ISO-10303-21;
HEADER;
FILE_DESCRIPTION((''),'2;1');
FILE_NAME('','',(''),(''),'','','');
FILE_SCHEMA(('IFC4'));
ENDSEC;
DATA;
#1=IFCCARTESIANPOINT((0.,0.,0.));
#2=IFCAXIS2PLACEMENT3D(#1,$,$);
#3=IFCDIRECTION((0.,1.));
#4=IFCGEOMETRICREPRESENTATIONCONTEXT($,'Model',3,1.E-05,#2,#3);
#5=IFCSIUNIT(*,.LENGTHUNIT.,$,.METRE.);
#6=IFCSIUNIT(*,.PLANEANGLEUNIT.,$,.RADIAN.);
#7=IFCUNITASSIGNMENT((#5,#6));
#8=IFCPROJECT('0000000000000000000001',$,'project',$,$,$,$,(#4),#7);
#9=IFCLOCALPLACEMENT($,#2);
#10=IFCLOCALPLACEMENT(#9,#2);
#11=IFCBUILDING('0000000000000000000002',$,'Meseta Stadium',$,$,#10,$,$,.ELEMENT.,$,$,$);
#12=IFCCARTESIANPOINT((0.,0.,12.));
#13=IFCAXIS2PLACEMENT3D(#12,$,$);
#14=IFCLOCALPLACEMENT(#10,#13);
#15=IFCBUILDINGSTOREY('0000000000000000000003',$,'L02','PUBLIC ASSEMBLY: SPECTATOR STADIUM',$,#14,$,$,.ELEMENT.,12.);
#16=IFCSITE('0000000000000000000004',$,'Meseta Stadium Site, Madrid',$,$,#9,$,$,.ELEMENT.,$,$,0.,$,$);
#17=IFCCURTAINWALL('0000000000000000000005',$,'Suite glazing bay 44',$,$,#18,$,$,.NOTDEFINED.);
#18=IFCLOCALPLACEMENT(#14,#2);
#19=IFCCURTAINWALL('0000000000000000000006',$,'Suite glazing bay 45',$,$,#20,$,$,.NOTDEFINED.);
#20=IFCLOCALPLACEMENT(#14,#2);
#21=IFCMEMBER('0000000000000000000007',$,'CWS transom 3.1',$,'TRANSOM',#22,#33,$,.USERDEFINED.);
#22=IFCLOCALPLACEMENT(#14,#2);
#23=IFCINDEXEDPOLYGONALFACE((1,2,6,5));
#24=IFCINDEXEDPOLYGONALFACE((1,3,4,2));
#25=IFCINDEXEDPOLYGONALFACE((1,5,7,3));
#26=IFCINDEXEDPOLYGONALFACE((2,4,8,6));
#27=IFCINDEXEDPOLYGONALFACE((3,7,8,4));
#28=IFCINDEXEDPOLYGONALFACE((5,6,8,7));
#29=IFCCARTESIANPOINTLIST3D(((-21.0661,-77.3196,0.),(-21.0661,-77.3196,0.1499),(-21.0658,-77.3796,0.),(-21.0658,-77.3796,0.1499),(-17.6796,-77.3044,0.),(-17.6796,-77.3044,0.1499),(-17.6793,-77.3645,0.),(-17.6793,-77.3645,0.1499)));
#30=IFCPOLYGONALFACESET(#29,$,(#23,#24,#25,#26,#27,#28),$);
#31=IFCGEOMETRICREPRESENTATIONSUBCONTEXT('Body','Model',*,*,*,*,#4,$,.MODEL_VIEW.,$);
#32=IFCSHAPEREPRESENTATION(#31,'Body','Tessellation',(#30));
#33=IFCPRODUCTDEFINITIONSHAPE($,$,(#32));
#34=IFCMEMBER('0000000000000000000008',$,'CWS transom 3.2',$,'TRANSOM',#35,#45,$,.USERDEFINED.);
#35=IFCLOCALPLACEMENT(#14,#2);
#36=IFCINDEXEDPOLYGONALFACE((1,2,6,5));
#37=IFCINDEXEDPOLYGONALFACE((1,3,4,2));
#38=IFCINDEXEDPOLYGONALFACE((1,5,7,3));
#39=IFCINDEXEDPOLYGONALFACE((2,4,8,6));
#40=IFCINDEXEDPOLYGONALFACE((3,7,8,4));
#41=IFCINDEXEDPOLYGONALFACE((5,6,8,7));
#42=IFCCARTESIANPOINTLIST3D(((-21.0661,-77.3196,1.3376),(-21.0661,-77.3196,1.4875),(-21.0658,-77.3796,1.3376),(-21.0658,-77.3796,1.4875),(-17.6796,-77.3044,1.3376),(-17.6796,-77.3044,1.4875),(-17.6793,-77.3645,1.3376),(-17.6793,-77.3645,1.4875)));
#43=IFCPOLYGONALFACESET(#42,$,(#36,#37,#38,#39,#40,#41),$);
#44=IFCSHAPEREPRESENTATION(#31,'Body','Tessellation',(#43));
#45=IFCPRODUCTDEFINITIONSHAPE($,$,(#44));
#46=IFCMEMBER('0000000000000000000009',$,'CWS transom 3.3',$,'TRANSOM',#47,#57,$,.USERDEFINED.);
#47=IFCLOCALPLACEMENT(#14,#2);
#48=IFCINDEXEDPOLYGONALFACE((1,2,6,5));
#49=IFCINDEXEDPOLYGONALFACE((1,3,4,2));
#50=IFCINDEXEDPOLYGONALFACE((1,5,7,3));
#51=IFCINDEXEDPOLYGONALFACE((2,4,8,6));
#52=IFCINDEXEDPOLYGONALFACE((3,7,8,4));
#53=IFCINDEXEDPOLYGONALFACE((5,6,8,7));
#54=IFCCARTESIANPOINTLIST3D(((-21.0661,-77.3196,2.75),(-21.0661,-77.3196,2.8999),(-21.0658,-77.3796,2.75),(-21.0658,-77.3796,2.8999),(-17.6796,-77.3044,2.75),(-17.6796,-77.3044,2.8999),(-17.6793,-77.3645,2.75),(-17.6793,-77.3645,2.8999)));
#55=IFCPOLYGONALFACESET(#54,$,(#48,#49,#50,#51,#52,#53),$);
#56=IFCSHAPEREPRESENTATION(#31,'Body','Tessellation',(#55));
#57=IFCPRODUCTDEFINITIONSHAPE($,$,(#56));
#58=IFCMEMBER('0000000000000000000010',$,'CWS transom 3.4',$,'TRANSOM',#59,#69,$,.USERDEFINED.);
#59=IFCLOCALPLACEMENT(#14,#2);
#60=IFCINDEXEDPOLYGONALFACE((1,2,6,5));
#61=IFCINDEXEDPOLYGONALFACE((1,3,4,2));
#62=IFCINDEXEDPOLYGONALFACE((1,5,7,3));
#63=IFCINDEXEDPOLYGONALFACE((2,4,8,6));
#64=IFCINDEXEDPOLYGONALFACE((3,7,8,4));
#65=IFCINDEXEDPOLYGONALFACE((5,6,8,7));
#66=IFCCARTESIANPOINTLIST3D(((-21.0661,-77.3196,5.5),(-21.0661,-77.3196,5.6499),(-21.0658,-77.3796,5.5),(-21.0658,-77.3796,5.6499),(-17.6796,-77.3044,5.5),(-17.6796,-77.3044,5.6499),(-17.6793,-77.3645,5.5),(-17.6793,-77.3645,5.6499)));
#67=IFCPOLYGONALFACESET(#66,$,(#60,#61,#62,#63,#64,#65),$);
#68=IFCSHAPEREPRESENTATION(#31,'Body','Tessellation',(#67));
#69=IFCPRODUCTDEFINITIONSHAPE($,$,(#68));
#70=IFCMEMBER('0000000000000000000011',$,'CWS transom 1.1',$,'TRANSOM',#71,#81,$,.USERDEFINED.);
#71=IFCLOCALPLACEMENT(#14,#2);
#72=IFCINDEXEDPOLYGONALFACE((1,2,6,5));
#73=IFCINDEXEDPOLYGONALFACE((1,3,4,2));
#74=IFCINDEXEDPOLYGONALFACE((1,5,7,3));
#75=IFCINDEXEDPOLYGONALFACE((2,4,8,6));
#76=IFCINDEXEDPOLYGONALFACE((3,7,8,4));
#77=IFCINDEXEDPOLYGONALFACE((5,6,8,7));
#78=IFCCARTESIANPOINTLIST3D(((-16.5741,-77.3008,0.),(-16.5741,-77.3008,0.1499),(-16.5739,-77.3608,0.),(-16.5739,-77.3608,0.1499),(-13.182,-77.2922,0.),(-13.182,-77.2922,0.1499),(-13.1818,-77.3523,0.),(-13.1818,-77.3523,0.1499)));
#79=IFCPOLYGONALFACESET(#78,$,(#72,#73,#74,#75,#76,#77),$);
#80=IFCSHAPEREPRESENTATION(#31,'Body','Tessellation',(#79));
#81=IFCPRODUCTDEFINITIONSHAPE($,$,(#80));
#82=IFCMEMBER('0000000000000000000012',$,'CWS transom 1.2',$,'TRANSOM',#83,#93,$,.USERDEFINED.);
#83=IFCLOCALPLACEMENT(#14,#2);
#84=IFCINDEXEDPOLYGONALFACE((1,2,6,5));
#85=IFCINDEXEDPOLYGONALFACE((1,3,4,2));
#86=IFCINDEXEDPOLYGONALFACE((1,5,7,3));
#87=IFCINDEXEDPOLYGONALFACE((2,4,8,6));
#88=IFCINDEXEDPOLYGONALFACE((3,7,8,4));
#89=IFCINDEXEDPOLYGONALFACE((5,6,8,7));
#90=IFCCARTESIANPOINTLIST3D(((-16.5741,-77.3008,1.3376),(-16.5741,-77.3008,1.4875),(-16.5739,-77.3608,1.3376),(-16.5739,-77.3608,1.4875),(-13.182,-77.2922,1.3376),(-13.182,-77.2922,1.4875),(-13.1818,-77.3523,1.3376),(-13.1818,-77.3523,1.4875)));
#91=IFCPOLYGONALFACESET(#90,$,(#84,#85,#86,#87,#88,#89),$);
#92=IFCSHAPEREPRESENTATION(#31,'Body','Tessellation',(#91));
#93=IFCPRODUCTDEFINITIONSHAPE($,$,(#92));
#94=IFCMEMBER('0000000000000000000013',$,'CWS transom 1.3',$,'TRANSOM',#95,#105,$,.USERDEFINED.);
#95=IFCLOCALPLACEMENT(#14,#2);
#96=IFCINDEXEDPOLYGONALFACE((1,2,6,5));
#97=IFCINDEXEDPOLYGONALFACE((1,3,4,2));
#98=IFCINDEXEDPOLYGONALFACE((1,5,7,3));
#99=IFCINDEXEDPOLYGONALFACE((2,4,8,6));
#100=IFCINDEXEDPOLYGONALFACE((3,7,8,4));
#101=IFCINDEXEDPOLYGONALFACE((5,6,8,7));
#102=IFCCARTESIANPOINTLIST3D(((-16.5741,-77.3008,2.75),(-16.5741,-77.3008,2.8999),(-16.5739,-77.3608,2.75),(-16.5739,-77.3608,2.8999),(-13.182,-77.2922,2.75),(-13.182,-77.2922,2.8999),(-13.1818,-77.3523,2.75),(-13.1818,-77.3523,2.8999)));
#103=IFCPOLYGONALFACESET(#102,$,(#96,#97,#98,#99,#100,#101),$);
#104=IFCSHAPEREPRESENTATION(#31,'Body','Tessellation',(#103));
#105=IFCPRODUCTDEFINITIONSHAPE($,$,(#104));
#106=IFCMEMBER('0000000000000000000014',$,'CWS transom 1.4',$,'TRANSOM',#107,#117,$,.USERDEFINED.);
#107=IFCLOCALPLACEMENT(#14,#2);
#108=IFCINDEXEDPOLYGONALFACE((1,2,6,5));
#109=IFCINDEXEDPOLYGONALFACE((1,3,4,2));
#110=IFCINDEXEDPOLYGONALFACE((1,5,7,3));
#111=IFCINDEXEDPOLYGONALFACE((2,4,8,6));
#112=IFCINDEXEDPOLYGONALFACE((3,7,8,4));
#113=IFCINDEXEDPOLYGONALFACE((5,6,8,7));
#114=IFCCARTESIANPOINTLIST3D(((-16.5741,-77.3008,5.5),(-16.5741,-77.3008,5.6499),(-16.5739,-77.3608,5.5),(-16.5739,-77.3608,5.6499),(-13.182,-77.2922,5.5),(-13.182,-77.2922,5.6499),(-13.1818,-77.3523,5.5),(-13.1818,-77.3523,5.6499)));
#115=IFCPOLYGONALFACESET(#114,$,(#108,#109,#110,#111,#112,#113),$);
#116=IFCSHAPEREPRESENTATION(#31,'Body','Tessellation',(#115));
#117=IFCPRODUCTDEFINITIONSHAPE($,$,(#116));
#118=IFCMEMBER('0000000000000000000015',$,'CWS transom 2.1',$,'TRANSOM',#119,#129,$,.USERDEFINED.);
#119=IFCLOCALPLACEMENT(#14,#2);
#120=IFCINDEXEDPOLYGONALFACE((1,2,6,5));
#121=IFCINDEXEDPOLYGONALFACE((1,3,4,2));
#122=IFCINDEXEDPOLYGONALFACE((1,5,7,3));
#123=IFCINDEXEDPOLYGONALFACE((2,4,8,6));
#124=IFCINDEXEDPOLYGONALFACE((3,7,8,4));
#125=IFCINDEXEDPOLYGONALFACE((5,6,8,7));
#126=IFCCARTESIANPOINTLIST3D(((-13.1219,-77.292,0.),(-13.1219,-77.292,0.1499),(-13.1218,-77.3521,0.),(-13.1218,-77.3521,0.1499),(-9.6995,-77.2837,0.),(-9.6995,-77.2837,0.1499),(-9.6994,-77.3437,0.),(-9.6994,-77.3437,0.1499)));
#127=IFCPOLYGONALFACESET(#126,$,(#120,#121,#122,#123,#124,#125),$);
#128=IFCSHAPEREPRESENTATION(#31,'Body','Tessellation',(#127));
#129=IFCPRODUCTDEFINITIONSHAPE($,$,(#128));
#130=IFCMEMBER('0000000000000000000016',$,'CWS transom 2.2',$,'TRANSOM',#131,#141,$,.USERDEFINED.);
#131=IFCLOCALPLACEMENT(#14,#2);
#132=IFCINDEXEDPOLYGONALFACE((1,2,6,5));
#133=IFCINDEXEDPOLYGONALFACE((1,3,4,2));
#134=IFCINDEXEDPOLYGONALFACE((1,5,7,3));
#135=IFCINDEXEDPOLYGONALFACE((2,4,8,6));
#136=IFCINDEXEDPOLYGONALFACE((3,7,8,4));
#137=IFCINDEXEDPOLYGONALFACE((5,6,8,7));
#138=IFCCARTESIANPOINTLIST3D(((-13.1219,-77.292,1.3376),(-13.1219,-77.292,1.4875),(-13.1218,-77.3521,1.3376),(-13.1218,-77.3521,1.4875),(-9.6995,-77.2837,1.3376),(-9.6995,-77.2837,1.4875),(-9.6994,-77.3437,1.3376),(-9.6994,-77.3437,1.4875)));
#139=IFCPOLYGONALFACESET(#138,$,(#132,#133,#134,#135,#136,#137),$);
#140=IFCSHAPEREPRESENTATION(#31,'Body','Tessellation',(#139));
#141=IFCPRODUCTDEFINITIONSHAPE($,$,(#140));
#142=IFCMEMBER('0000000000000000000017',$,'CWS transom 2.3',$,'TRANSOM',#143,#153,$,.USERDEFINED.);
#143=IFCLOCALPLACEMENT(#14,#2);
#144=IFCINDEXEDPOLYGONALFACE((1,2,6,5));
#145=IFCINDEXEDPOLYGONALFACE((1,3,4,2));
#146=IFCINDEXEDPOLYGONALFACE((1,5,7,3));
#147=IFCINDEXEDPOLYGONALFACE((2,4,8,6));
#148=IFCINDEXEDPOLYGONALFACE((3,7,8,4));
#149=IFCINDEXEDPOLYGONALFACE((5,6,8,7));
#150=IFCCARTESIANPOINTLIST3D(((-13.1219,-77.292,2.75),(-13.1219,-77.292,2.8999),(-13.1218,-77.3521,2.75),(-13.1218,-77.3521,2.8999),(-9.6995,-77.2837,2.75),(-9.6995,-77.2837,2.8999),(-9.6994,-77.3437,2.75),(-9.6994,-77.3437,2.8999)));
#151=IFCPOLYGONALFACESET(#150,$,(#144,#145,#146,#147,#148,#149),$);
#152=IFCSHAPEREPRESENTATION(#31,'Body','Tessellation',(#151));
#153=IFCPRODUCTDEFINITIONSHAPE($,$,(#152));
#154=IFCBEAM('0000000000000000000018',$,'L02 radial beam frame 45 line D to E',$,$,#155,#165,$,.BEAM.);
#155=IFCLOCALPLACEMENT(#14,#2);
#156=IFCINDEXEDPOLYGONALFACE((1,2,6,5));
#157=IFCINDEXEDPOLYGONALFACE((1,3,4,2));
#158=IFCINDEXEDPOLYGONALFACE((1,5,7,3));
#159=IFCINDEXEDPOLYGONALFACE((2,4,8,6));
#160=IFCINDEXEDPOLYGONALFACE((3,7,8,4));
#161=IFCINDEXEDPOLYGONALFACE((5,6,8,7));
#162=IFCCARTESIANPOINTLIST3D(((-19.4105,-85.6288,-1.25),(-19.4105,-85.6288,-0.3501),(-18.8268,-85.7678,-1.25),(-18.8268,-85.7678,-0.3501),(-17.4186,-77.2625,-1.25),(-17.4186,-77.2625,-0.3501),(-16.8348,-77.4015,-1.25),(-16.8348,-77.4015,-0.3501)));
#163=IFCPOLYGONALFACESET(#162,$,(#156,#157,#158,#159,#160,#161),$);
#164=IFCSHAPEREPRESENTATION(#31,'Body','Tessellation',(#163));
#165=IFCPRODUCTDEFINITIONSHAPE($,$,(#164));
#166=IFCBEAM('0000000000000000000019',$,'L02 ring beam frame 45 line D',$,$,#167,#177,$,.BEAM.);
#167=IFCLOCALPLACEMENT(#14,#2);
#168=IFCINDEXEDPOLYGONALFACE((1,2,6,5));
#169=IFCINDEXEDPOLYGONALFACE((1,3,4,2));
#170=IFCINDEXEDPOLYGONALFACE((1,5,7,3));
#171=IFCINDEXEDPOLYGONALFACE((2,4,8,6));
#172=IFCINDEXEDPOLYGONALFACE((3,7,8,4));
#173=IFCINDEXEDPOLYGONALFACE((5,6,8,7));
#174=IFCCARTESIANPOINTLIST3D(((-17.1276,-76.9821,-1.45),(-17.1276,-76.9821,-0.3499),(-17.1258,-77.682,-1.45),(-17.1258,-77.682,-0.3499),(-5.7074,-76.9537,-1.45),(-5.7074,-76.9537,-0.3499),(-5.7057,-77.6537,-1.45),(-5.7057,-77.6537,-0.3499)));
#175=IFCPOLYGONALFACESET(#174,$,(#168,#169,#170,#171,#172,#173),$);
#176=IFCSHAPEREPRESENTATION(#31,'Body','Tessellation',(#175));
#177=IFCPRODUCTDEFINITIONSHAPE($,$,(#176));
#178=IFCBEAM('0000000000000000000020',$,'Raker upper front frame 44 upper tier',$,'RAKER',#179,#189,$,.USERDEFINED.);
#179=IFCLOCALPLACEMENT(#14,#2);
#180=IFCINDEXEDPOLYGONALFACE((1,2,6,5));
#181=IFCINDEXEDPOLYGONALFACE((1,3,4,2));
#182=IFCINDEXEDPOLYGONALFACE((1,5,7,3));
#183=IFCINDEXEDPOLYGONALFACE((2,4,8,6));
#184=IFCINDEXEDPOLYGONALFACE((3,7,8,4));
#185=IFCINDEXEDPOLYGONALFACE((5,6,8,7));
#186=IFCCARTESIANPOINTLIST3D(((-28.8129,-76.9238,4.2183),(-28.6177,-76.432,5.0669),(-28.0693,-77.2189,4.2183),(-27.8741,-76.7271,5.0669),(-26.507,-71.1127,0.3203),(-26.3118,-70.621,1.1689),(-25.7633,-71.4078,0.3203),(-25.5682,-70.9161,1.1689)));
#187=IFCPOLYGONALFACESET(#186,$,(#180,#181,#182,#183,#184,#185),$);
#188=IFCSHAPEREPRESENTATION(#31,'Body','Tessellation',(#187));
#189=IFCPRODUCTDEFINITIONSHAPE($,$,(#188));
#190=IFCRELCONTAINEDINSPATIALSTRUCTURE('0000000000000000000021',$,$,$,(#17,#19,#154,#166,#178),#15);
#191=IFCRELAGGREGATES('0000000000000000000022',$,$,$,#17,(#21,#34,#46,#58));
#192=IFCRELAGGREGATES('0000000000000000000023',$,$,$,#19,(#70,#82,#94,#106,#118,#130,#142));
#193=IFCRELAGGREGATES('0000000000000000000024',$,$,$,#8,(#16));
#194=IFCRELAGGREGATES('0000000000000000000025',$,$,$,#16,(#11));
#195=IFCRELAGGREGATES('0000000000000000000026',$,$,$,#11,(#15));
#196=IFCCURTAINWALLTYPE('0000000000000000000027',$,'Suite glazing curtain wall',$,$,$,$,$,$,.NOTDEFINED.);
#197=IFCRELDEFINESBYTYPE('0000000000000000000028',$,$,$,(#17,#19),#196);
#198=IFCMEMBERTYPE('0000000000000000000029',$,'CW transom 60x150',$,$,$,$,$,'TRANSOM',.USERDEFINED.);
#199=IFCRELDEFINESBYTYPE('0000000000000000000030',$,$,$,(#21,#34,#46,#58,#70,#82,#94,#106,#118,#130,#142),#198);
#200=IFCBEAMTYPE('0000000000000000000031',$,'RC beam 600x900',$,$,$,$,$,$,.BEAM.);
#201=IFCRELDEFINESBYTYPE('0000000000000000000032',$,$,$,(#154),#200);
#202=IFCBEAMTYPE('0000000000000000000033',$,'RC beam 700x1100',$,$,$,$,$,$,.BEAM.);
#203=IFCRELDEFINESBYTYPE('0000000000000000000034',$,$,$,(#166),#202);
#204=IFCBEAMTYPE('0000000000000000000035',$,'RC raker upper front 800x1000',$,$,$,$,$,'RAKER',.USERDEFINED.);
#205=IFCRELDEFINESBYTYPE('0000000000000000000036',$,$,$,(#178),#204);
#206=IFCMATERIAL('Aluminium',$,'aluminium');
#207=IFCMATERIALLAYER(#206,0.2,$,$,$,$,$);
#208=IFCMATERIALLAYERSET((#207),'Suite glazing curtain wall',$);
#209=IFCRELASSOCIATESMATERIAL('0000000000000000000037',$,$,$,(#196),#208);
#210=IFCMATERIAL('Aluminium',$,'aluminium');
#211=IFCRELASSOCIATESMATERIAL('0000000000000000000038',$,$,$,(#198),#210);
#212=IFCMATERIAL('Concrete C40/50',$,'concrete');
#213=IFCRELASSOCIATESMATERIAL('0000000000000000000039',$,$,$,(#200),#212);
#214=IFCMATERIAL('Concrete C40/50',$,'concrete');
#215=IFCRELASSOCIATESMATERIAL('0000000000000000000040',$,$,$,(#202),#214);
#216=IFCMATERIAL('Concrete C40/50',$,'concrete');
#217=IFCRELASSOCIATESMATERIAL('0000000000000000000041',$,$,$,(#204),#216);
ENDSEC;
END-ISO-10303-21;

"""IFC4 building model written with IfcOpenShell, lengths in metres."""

from ifc_helpers import new_model, si_unit, direction, frame, origin, origin_2d, place, context, subcontext, project, spatial, rectangle, extrude, material, layer, layer_set, material_profile, profile_set, type_object, element, aggregate, save


model = new_model("IFC4")

# Units and contexts
model_context = context("Model", 3, precision=1e-05, world=origin(), true_north=direction((0.0, 1.0)))
body_context = subcontext(model_context, "Body", "Model", "MODEL_VIEW")
ifc_project = project(units=[si_unit("LENGTHUNIT", "METRE"), si_unit("PLANEANGLEUNIT", "RADIAN")], contexts=[model_context])

# Site, building, storey
site_placement = place(None, origin())
site = spatial("IfcSite", under=ifc_project, at=site_placement, Name="Meseta Stadium Site, Madrid", CompositionType="ELEMENT", RefElevation=0.0)
building_placement = place(site_placement, origin())
building = spatial("IfcBuilding", under=site, at=building_placement, Name="Meseta Stadium", CompositionType="ELEMENT")
storey_placement = place(building_placement, frame((0.0, 0.0, 12.0)))
storey = spatial("IfcBuildingStorey", under=building, at=storey_placement, Name="L02", Description="PUBLIC ASSEMBLY: SPECTATOR STADIUM", CompositionType="ELEMENT", Elevation=12.0)

# Curtain walls
ifc_material_1 = material(Name="Aluminium", Category="aluminium")
ifc_layer_1 = layer(ifc_material_1, 0.2)
ifc_layer_set_1 = layer_set([ifc_layer_1], Name="Suite glazing curtain wall")
curtain_wall_type = type_object("IfcCurtainWallType", Name="Suite glazing curtain wall", PredefinedType="NOTDEFINED", material=ifc_layer_set_1)
curtain_wall_1_placement = place(storey_placement, origin())
curtain_wall_1 = element("IfcCurtainWall", 1, at=curtain_wall_1_placement, inside=storey, type_object=curtain_wall_type, Name="Suite glazing bay 44", PredefinedType="NOTDEFINED")
curtain_wall_2_placement = place(storey_placement, origin())
curtain_wall_2 = element("IfcCurtainWall", 2, at=curtain_wall_2_placement, inside=storey, type_object=curtain_wall_type, Name="Suite glazing bay 45", PredefinedType="NOTDEFINED")

# Members
ifc_material_2 = material(Name="Aluminium", Category="aluminium")
ifc_material_profile_1 = material_profile(ifc_material_2, rectangle(XDim=0.0601, YDim=0.1499, at=origin_2d()), Name="CW 60x150")
ifc_profile_set_1 = profile_set([ifc_material_profile_1], Name="Aluminium")
member_type_1 = type_object("IfcMemberType", Name="CW transom 60x150", ElementType="TRANSOM", PredefinedType="USERDEFINED", material=ifc_profile_set_1)
member_1_placement = place(storey_placement, frame((-21.0659, -77.3496, 0.075), z_axis=(0.99999, 0.00447, 0.0), x_axis=(-0.00447, 0.99999, 0.0)))
member_1 = element("IfcMember", 3, at=member_1_placement, type_object=member_type_1, Name="CWS transom 3.1", ObjectType="TRANSOM", PredefinedType="USERDEFINED", context=body_context, shape_type="SweptSolid", body=[
    extrude(rectangle(XDim=0.0601, YDim=0.1499, at=origin_2d()), origin(), (0.0, 0.0, 1.0), 3.3865),
])
member_2_placement = place(storey_placement, frame((-21.0659, -77.3496, 1.4126), z_axis=(0.99999, 0.00447, 0.0), x_axis=(-0.00447, 0.99999, 0.0)))
member_2 = element("IfcMember", 4, at=member_2_placement, type_object=member_type_1, Name="CWS transom 3.2", ObjectType="TRANSOM", PredefinedType="USERDEFINED", context=body_context, shape_type="SweptSolid", body=[
    extrude(rectangle(XDim=0.0601, YDim=0.1499, at=origin_2d()), origin(), (0.0, 0.0, 1.0), 3.3865),
])
member_3_placement = place(storey_placement, frame((-21.0659, -77.3496, 2.825), z_axis=(0.99999, 0.00447, 0.0), x_axis=(-0.00447, 0.99999, 0.0)))
member_3 = element("IfcMember", 5, at=member_3_placement, type_object=member_type_1, Name="CWS transom 3.3", ObjectType="TRANSOM", PredefinedType="USERDEFINED", context=body_context, shape_type="SweptSolid", body=[
    extrude(rectangle(XDim=0.0601, YDim=0.1499, at=origin_2d()), origin(), (0.0, 0.0, 1.0), 3.3865),
])
member_4_placement = place(storey_placement, frame((-21.0659, -77.3496, 5.575), z_axis=(0.99999, 0.00447, 0.0), x_axis=(-0.00447, 0.99999, 0.0)))
member_4 = element("IfcMember", 6, at=member_4_placement, type_object=member_type_1, Name="CWS transom 3.4", ObjectType="TRANSOM", PredefinedType="USERDEFINED", context=body_context, shape_type="SweptSolid", body=[
    extrude(rectangle(XDim=0.0601, YDim=0.1499, at=origin_2d()), origin(), (0.0, 0.0, 1.0), 3.3865),
])
member_5_placement = place(storey_placement, frame((-16.574, -77.3308, 0.075), z_axis=(0.999997, 0.002519, 0.0), x_axis=(-0.002519, 0.999997, 0.0)))
member_5 = element("IfcMember", 7, at=member_5_placement, type_object=member_type_1, Name="CWS transom 1.1", ObjectType="TRANSOM", PredefinedType="USERDEFINED", context=body_context, shape_type="SweptSolid", body=[
    extrude(rectangle(XDim=0.0601, YDim=0.1499, at=origin_2d()), origin(), (0.0, 0.0, 1.0), 3.3921),
])
member_6_placement = place(storey_placement, frame((-16.574, -77.3308, 1.4126), z_axis=(0.999997, 0.002519, 0.0), x_axis=(-0.002519, 0.999997, 0.0)))
member_6 = element("IfcMember", 8, at=member_6_placement, type_object=member_type_1, Name="CWS transom 1.2", ObjectType="TRANSOM", PredefinedType="USERDEFINED", context=body_context, shape_type="SweptSolid", body=[
    extrude(rectangle(XDim=0.0601, YDim=0.1499, at=origin_2d()), origin(), (0.0, 0.0, 1.0), 3.3921),
])
member_7_placement = place(storey_placement, frame((-16.574, -77.3308, 2.825), z_axis=(0.999997, 0.002519, 0.0), x_axis=(-0.002519, 0.999997, 0.0)))
member_7 = element("IfcMember", 9, at=member_7_placement, type_object=member_type_1, Name="CWS transom 1.3", ObjectType="TRANSOM", PredefinedType="USERDEFINED", context=body_context, shape_type="SweptSolid", body=[
    extrude(rectangle(XDim=0.0601, YDim=0.1499, at=origin_2d()), origin(), (0.0, 0.0, 1.0), 3.3921),
])
member_8_placement = place(storey_placement, frame((-16.574, -77.3308, 5.575), z_axis=(0.999997, 0.002519, 0.0), x_axis=(-0.002519, 0.999997, 0.0)))
member_8 = element("IfcMember", 10, at=member_8_placement, type_object=member_type_1, Name="CWS transom 1.4", ObjectType="TRANSOM", PredefinedType="USERDEFINED", context=body_context, shape_type="SweptSolid", body=[
    extrude(rectangle(XDim=0.0601, YDim=0.1499, at=origin_2d()), origin(), (0.0, 0.0, 1.0), 3.3921),
])
member_9_placement = place(storey_placement, frame((-13.1218, -77.322, 0.075), z_axis=(0.999997, 0.002425, 0.0), x_axis=(-0.002425, 0.999997, 0.0)))
member_9 = element("IfcMember", 11, at=member_9_placement, type_object=member_type_1, Name="CWS transom 2.1", ObjectType="TRANSOM", PredefinedType="USERDEFINED", context=body_context, shape_type="SweptSolid", body=[
    extrude(rectangle(XDim=0.0601, YDim=0.1499, at=origin_2d()), origin(), (0.0, 0.0, 1.0), 3.4224),
])
member_10_placement = place(storey_placement, frame((-13.1218, -77.322, 1.4126), z_axis=(0.999997, 0.002425, 0.0), x_axis=(-0.002425, 0.999997, 0.0)))
member_10 = element("IfcMember", 12, at=member_10_placement, type_object=member_type_1, Name="CWS transom 2.2", ObjectType="TRANSOM", PredefinedType="USERDEFINED", context=body_context, shape_type="SweptSolid", body=[
    extrude(rectangle(XDim=0.0601, YDim=0.1499, at=origin_2d()), origin(), (0.0, 0.0, 1.0), 3.4224),
])
member_11_placement = place(storey_placement, frame((-13.1218, -77.322, 2.825), z_axis=(0.999997, 0.002425, 0.0), x_axis=(-0.002425, 0.999997, 0.0)))
member_11 = element("IfcMember", 13, at=member_11_placement, type_object=member_type_1, Name="CWS transom 2.3", ObjectType="TRANSOM", PredefinedType="USERDEFINED", context=body_context, shape_type="SweptSolid", body=[
    extrude(rectangle(XDim=0.0601, YDim=0.1499, at=origin_2d()), origin(), (0.0, 0.0, 1.0), 3.4224),
])

# Beams
ifc_material_3 = material(Name="Concrete C40/50", Category="concrete")
ifc_material_profile_2 = material_profile(ifc_material_3, rectangle(XDim=0.6001, YDim=0.8999, at=origin_2d()), Name="RC 600x900")
ifc_profile_set_2 = profile_set([ifc_material_profile_2], Name="Concrete C40/50")
beam_type_1 = type_object("IfcBeamType", Name="RC beam 600x900", PredefinedType="BEAM", material=ifc_profile_set_2)
beam_1_placement = place(storey_placement, frame((-17.1267, -77.332, -0.8), z_axis=(-0.231619, -0.972807, 0.0), x_axis=(0.972807, -0.231619, 0.0)))
element("IfcBeam", 14, at=beam_1_placement, inside=storey, type_object=beam_type_1, Name="L02 radial beam frame 45 line D to E", PredefinedType="BEAM", context=body_context, shape_type="SweptSolid", body=[
    extrude(rectangle(XDim=0.6001, YDim=0.8999, at=origin_2d()), origin(), (0.0, 0.0, 1.0), 8.6001),
])
ifc_material_4 = material(Name="Concrete C40/50", Category="concrete")
ifc_material_profile_3 = material_profile(ifc_material_4, rectangle(XDim=0.7, YDim=1.1001, at=origin_2d()), Name="RC 700x1100")
ifc_profile_set_3 = profile_set([ifc_material_profile_3], Name="Concrete C40/50")
beam_type_2 = type_object("IfcBeamType", Name="RC beam 700x1100", PredefinedType="BEAM", material=ifc_profile_set_3)
beam_2_placement = place(storey_placement, frame((-17.1267, -77.332, -0.8999), z_axis=(0.999997, 0.00248, 0.0), x_axis=(-0.00248, 0.999997, 0.0)))
element("IfcBeam", 15, at=beam_2_placement, inside=storey, type_object=beam_type_2, Name="L02 ring beam frame 45 line D", PredefinedType="BEAM", context=body_context, shape_type="SweptSolid", body=[
    extrude(rectangle(XDim=0.7, YDim=1.1001, at=origin_2d()), origin(), (0.0, 0.0, 1.0), 11.4202),
])
ifc_material_5 = material(Name="Concrete C40/50", Category="concrete")
ifc_material_profile_4 = material_profile(ifc_material_5, rectangle(XDim=0.8, YDim=1.0, at=origin_2d()), Name="RC 800x1000")
ifc_profile_set_4 = profile_set([ifc_material_profile_4], Name="Concrete C40/50")
beam_type_3 = type_object("IfcBeamType", Name="RC raker upper front 800x1000", ElementType="RAKER", PredefinedType="USERDEFINED", material=ifc_profile_set_4)
beam_3_placement = place(storey_placement, frame((-26.0376, -71.0144, 0.7446), z_axis=(-0.312986, -0.788744, 0.529077), x_axis=(0.929494, -0.368837, 0.0)))
element("IfcBeam", 16, at=beam_3_placement, inside=storey, type_object=beam_type_3, Name="Raker upper front frame 44 upper tier", ObjectType="RAKER", PredefinedType="USERDEFINED", context=body_context, shape_type="SweptSolid", body=[
    extrude(rectangle(XDim=0.8, YDim=1.0, at=origin_2d()), origin(), (0.0, 0.0, 1.0), 7.3674),
])

aggregate(curtain_wall_1, [member_1, member_2, member_3, member_4])
aggregate(curtain_wall_2, [member_5, member_6, member_7, member_8, member_9, member_10, member_11])

save(model, "model.ifc")
